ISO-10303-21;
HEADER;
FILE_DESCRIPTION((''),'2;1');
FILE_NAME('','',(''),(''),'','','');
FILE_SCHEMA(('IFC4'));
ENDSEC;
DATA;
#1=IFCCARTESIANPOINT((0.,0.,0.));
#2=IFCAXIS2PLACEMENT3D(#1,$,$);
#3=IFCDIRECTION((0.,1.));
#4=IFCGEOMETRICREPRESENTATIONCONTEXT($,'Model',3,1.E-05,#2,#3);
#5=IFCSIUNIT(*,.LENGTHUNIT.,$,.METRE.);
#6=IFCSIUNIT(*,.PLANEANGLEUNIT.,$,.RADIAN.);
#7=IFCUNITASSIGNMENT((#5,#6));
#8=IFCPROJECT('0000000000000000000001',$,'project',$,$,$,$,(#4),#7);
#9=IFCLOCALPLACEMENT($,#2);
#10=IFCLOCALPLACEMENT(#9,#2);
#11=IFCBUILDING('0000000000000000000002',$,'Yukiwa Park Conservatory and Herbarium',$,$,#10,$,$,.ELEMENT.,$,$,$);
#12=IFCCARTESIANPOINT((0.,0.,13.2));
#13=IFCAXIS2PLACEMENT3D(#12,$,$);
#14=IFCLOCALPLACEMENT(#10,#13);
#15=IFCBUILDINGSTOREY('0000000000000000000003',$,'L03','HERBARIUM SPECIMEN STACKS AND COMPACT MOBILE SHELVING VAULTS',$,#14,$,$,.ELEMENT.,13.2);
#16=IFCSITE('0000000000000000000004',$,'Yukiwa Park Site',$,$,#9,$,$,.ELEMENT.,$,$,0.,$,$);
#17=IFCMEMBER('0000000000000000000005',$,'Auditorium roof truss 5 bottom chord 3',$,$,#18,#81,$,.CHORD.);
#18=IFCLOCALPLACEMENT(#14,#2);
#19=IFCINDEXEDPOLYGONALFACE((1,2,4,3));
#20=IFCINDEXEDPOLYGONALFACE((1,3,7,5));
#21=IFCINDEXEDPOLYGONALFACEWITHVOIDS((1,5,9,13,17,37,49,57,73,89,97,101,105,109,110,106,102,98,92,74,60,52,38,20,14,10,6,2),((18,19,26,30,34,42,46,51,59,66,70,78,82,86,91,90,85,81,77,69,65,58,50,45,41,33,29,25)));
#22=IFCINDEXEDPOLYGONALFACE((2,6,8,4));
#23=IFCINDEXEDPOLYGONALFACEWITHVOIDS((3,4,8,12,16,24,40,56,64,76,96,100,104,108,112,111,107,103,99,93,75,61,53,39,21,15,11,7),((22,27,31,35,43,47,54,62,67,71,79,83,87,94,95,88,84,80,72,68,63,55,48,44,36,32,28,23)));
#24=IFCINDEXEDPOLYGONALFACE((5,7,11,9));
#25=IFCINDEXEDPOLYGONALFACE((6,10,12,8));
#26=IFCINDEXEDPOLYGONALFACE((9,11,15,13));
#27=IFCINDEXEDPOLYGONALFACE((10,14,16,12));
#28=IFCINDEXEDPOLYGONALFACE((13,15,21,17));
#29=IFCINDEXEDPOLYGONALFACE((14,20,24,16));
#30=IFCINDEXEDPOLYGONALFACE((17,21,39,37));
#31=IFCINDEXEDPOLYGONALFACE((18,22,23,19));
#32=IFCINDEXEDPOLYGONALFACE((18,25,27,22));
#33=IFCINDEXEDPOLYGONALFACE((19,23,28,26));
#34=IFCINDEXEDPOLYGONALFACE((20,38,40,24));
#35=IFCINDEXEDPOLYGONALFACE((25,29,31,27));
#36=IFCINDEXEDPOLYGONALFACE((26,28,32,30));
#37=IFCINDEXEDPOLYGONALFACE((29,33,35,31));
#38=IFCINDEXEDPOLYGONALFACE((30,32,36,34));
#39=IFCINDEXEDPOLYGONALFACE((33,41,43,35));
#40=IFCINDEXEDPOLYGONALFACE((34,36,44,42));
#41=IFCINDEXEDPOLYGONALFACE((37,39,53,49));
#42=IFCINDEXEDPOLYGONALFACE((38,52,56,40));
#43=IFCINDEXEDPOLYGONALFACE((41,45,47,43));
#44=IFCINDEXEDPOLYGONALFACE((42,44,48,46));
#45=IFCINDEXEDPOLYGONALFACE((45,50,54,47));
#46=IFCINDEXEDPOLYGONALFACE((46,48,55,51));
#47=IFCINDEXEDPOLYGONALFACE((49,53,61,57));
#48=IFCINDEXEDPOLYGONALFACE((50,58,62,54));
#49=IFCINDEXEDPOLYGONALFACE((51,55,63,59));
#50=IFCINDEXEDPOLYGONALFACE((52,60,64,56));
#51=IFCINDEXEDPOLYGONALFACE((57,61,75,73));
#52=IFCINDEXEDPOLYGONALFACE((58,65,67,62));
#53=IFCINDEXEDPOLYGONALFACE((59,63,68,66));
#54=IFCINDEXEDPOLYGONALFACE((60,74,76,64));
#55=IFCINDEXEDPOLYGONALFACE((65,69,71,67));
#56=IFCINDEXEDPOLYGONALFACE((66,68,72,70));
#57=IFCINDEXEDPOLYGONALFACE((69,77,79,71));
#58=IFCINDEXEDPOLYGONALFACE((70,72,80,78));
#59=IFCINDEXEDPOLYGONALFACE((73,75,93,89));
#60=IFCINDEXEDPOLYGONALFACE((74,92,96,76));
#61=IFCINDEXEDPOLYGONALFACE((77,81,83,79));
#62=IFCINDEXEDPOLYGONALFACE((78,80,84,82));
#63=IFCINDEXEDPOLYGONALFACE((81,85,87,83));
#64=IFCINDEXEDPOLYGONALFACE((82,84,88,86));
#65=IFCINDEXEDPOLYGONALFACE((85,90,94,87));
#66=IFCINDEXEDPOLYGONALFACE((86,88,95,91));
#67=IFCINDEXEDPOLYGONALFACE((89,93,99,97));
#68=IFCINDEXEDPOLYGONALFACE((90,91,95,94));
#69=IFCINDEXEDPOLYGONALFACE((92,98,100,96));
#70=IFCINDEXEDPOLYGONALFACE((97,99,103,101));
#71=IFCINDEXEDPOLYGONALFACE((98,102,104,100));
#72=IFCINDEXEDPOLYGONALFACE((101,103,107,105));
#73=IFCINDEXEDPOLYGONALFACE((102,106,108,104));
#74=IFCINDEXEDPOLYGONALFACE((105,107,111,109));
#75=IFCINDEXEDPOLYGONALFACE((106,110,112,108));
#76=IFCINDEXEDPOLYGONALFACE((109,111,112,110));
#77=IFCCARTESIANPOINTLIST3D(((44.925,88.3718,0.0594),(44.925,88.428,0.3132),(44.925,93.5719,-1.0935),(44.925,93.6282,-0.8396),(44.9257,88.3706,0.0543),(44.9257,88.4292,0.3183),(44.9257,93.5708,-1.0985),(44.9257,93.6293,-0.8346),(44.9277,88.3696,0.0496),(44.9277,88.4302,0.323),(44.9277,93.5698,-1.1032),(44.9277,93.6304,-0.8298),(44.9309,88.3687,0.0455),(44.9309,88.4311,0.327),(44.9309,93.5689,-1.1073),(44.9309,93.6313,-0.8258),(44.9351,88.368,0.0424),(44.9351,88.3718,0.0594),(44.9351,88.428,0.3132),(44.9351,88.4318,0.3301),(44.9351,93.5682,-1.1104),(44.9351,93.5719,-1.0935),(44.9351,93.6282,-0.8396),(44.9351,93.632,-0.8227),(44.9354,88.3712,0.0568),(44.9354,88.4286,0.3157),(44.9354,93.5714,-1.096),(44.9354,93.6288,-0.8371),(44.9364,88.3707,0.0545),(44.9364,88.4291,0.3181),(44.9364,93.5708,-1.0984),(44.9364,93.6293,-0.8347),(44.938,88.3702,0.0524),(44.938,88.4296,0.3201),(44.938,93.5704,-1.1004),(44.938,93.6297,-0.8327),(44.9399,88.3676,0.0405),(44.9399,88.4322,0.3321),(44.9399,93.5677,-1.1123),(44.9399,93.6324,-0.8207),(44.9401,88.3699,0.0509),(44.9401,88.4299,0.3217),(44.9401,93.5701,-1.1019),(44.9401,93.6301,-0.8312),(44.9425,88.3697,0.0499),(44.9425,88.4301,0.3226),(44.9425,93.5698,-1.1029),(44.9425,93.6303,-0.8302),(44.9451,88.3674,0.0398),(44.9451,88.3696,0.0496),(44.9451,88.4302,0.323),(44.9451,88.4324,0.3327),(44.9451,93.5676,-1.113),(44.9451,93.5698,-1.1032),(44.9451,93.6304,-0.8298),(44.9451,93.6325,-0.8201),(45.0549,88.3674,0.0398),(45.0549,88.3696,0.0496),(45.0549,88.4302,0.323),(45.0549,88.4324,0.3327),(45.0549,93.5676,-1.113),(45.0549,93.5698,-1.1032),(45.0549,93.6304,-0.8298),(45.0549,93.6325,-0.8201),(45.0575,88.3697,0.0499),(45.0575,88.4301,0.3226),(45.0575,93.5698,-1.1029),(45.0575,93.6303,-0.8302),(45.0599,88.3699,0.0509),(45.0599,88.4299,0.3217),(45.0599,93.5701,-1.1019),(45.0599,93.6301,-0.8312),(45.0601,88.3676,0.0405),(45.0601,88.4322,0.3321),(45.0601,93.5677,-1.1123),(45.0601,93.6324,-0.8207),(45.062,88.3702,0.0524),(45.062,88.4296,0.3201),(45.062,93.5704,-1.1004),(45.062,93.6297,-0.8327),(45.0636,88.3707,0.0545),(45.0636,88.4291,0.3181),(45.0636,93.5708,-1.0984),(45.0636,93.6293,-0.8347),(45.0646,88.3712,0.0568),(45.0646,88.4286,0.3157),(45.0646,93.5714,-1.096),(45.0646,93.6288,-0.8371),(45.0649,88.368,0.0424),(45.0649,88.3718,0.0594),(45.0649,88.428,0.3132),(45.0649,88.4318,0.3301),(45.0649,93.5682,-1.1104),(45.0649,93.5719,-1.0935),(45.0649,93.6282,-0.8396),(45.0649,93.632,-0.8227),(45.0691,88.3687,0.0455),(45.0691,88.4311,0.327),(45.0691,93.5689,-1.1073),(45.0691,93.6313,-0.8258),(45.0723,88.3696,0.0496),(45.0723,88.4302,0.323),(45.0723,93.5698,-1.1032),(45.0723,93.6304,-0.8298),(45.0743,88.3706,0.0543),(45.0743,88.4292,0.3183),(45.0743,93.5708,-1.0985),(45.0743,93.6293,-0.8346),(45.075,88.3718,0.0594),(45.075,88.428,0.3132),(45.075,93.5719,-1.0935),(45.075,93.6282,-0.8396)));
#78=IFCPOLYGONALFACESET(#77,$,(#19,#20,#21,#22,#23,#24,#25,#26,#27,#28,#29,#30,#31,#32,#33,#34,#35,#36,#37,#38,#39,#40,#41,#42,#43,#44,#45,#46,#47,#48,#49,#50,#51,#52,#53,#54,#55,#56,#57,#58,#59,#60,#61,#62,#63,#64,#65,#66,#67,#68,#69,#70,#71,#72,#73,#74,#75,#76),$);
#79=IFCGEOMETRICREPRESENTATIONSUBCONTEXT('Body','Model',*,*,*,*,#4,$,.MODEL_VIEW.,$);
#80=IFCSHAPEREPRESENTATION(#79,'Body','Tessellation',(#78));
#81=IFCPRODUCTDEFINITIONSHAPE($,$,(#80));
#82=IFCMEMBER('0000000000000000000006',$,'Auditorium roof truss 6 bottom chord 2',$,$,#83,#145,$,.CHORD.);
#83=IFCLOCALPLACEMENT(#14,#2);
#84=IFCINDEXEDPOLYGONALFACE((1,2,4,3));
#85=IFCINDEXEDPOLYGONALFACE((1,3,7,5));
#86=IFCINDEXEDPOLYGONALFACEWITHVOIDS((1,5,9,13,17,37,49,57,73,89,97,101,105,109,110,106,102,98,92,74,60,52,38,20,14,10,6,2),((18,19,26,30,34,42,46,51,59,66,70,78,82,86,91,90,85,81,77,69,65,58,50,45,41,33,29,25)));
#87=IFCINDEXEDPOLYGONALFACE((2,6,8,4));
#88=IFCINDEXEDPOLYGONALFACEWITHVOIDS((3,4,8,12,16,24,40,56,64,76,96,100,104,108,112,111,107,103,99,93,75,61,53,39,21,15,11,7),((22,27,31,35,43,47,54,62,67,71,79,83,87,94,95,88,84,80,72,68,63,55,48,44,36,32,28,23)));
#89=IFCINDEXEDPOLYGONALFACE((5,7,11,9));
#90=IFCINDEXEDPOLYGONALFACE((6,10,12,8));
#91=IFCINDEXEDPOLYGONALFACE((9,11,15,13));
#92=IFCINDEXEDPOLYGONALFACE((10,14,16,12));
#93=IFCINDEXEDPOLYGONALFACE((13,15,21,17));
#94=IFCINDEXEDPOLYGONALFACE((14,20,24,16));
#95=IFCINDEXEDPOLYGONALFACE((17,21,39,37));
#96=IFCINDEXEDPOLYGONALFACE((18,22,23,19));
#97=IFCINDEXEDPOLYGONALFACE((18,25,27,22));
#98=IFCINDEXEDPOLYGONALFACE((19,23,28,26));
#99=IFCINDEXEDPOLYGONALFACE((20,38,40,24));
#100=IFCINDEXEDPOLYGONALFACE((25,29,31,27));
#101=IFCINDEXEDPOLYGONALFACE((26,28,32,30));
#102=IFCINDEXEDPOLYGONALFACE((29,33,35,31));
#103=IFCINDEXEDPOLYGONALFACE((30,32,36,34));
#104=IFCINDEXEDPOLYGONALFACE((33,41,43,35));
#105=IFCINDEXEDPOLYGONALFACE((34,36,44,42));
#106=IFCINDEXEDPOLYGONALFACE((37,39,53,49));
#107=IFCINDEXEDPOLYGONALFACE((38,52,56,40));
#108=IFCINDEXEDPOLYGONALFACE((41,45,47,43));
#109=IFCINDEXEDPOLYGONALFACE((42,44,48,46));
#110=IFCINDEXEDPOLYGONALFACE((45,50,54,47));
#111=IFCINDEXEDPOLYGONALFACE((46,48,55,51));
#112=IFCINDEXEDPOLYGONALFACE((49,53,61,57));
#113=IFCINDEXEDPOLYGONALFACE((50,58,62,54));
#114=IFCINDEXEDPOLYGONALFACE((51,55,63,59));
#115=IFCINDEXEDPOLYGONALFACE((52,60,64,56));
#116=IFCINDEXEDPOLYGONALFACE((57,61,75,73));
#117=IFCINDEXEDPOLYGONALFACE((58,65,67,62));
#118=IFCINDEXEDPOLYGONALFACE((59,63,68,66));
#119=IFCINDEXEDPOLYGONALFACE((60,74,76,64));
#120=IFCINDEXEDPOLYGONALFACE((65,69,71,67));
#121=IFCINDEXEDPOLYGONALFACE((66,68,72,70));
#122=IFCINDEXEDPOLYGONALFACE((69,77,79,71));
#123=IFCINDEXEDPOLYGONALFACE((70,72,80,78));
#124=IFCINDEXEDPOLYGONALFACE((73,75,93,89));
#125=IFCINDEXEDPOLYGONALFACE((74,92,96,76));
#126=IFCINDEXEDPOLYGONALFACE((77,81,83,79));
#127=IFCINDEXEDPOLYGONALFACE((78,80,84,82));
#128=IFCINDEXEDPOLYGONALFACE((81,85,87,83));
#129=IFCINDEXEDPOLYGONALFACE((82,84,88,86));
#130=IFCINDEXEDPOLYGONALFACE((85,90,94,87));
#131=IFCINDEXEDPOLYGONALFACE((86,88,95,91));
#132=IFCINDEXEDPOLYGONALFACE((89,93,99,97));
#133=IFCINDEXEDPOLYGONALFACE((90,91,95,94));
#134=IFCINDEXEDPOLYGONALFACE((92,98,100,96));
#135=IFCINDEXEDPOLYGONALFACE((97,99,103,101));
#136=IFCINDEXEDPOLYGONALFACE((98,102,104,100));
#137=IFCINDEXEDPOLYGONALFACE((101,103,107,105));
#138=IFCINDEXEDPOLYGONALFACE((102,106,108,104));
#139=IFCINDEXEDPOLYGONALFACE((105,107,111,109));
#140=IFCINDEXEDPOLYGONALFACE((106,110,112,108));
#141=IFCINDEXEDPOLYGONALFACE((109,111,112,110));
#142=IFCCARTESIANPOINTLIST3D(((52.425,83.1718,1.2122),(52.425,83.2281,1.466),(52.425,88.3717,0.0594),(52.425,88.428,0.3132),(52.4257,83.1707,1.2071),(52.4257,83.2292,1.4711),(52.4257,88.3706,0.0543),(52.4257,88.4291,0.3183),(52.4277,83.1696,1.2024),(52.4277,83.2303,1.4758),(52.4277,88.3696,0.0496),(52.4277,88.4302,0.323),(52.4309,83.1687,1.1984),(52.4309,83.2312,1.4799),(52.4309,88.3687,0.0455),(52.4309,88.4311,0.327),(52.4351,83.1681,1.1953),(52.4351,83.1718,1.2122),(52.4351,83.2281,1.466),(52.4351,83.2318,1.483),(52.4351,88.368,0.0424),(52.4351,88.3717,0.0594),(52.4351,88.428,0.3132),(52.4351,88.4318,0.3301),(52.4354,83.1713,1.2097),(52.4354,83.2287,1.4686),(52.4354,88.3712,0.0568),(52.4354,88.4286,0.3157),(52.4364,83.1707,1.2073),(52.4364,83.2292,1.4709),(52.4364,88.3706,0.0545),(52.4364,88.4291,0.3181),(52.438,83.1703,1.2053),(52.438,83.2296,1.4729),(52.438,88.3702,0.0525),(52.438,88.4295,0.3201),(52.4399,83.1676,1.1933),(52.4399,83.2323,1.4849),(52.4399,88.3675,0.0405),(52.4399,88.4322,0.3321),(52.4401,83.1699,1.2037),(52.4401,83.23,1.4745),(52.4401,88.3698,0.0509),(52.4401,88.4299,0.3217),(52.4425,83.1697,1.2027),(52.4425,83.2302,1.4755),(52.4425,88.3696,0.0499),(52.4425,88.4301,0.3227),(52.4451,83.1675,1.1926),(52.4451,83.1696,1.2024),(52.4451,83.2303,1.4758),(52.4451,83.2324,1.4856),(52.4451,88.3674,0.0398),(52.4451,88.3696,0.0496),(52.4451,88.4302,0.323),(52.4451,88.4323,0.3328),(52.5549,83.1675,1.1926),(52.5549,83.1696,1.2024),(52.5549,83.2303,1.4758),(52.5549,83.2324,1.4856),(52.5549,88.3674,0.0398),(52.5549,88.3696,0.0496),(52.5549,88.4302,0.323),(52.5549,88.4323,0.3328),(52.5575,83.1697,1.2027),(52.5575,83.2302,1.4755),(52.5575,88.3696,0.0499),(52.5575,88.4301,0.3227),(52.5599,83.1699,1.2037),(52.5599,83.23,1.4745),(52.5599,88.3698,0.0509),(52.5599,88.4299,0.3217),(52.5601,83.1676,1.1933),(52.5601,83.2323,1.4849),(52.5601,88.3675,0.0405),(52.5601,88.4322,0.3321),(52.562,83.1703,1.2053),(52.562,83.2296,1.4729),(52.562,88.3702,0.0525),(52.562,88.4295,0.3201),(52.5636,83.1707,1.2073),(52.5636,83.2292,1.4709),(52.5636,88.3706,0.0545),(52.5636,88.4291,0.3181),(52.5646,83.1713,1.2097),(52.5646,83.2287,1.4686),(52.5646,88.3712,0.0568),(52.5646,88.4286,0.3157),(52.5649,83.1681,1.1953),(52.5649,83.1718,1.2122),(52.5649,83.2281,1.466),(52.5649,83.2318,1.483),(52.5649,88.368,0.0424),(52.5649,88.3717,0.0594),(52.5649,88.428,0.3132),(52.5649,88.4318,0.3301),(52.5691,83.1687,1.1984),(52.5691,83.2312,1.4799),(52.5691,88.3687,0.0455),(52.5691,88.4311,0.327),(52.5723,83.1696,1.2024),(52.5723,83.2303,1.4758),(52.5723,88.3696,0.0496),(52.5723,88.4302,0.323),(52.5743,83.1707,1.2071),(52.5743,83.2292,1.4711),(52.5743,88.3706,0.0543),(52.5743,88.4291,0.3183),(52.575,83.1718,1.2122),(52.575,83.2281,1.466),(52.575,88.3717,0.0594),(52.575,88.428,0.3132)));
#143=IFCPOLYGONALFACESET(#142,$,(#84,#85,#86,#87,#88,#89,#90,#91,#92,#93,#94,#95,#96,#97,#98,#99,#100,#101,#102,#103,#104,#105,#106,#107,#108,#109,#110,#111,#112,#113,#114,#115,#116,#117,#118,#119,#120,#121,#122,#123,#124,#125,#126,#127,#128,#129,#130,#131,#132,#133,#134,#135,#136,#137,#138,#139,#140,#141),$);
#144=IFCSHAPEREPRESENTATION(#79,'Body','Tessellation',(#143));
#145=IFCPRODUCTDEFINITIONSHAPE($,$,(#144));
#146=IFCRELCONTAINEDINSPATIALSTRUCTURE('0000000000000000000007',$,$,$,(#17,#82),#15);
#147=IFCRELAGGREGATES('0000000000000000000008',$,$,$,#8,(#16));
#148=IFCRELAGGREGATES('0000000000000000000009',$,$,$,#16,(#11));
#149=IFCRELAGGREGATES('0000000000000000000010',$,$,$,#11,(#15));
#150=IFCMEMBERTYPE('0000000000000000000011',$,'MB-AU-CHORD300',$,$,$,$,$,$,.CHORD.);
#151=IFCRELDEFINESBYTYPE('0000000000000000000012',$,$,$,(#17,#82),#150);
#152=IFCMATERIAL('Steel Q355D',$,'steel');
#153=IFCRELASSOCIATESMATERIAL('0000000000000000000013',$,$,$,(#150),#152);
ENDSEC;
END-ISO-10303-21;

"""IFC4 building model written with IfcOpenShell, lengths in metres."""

from ifc_helpers import new_model, si_unit, direction, frame, origin, origin_2d, place, context, subcontext, project, spatial, hollow_rectangle, extrude, material, material_profile, profile_set, type_object, element, save


model = new_model("IFC4")

# Units and contexts
model_context = context("Model", 3, precision=1e-05, world=origin(), true_north=direction((0.0, 1.0)))
body_context = subcontext(model_context, "Body", "Model", "MODEL_VIEW")
ifc_project = project(units=[si_unit("LENGTHUNIT", "METRE"), si_unit("PLANEANGLEUNIT", "RADIAN")], contexts=[model_context])

# Site, building, storey
site_placement = place(None, origin())
site = spatial("IfcSite", under=ifc_project, at=site_placement, Name="Yukiwa Park Site", CompositionType="ELEMENT", RefElevation=0.0)
building_placement = place(site_placement, origin())
building = spatial("IfcBuilding", under=site, at=building_placement, Name="Yukiwa Park Conservatory and Herbarium", CompositionType="ELEMENT")
storey_placement = place(building_placement, frame((0.0, 0.0, 13.2)))
storey = spatial("IfcBuildingStorey", under=building, at=storey_placement, Name="L03", Description="HERBARIUM SPECIMEN STACKS AND COMPACT MOBILE SHELVING VAULTS", CompositionType="ELEMENT", Elevation=13.2)

# Members
ifc_material_1 = material(Name="Steel Q355D", Category="steel")
ifc_material_profile_1 = material_profile(ifc_material_1, hollow_rectangle(XDim=0.1499, YDim=0.3, WallThickness=0.01, InnerFilletRadius=0.01, OuterFilletRadius=0.02, at=origin_2d()), Name="RHS 300x150x10")
ifc_profile_set_1 = profile_set([ifc_material_profile_1], Name="Steel Q355D")
member_type_1 = type_object("IfcMemberType", Name="MB-AU-CHORD300", PredefinedType="CHORD", material=ifc_profile_set_1)
member_1_placement = place(storey_placement, frame((45.0, 88.3999, 0.1863), z_axis=(0.0, 0.976297, -0.216435), x_axis=(-1.0, 0.0, 0.0)))
element("IfcMember", 1, at=member_1_placement, inside=storey, type_object=member_type_1, Name="Auditorium roof truss 5 bottom chord 3", PredefinedType="CHORD", context=body_context, shape_type="SweptSolid", body=[
    extrude(hollow_rectangle(XDim=0.1499, YDim=0.3, WallThickness=0.01, InnerFilletRadius=0.01, OuterFilletRadius=0.02, at=origin_2d()), origin(), (0.0, 0.0, 1.0), 5.3264),
])
member_2_placement = place(storey_placement, frame((52.5, 83.2, 1.3391), z_axis=(0.0, 0.976295, -0.216445), x_axis=(-1.0, 0.0, 0.0)))
element("IfcMember", 2, at=member_2_placement, inside=storey, type_object=member_type_1, Name="Auditorium roof truss 6 bottom chord 2", PredefinedType="CHORD", context=body_context, shape_type="SweptSolid", body=[
    extrude(hollow_rectangle(XDim=0.1499, YDim=0.3, WallThickness=0.01, InnerFilletRadius=0.01, OuterFilletRadius=0.02, at=origin_2d()), origin(), (0.0, 0.0, 1.0), 5.3262),
])

save(model, "model.ifc")
